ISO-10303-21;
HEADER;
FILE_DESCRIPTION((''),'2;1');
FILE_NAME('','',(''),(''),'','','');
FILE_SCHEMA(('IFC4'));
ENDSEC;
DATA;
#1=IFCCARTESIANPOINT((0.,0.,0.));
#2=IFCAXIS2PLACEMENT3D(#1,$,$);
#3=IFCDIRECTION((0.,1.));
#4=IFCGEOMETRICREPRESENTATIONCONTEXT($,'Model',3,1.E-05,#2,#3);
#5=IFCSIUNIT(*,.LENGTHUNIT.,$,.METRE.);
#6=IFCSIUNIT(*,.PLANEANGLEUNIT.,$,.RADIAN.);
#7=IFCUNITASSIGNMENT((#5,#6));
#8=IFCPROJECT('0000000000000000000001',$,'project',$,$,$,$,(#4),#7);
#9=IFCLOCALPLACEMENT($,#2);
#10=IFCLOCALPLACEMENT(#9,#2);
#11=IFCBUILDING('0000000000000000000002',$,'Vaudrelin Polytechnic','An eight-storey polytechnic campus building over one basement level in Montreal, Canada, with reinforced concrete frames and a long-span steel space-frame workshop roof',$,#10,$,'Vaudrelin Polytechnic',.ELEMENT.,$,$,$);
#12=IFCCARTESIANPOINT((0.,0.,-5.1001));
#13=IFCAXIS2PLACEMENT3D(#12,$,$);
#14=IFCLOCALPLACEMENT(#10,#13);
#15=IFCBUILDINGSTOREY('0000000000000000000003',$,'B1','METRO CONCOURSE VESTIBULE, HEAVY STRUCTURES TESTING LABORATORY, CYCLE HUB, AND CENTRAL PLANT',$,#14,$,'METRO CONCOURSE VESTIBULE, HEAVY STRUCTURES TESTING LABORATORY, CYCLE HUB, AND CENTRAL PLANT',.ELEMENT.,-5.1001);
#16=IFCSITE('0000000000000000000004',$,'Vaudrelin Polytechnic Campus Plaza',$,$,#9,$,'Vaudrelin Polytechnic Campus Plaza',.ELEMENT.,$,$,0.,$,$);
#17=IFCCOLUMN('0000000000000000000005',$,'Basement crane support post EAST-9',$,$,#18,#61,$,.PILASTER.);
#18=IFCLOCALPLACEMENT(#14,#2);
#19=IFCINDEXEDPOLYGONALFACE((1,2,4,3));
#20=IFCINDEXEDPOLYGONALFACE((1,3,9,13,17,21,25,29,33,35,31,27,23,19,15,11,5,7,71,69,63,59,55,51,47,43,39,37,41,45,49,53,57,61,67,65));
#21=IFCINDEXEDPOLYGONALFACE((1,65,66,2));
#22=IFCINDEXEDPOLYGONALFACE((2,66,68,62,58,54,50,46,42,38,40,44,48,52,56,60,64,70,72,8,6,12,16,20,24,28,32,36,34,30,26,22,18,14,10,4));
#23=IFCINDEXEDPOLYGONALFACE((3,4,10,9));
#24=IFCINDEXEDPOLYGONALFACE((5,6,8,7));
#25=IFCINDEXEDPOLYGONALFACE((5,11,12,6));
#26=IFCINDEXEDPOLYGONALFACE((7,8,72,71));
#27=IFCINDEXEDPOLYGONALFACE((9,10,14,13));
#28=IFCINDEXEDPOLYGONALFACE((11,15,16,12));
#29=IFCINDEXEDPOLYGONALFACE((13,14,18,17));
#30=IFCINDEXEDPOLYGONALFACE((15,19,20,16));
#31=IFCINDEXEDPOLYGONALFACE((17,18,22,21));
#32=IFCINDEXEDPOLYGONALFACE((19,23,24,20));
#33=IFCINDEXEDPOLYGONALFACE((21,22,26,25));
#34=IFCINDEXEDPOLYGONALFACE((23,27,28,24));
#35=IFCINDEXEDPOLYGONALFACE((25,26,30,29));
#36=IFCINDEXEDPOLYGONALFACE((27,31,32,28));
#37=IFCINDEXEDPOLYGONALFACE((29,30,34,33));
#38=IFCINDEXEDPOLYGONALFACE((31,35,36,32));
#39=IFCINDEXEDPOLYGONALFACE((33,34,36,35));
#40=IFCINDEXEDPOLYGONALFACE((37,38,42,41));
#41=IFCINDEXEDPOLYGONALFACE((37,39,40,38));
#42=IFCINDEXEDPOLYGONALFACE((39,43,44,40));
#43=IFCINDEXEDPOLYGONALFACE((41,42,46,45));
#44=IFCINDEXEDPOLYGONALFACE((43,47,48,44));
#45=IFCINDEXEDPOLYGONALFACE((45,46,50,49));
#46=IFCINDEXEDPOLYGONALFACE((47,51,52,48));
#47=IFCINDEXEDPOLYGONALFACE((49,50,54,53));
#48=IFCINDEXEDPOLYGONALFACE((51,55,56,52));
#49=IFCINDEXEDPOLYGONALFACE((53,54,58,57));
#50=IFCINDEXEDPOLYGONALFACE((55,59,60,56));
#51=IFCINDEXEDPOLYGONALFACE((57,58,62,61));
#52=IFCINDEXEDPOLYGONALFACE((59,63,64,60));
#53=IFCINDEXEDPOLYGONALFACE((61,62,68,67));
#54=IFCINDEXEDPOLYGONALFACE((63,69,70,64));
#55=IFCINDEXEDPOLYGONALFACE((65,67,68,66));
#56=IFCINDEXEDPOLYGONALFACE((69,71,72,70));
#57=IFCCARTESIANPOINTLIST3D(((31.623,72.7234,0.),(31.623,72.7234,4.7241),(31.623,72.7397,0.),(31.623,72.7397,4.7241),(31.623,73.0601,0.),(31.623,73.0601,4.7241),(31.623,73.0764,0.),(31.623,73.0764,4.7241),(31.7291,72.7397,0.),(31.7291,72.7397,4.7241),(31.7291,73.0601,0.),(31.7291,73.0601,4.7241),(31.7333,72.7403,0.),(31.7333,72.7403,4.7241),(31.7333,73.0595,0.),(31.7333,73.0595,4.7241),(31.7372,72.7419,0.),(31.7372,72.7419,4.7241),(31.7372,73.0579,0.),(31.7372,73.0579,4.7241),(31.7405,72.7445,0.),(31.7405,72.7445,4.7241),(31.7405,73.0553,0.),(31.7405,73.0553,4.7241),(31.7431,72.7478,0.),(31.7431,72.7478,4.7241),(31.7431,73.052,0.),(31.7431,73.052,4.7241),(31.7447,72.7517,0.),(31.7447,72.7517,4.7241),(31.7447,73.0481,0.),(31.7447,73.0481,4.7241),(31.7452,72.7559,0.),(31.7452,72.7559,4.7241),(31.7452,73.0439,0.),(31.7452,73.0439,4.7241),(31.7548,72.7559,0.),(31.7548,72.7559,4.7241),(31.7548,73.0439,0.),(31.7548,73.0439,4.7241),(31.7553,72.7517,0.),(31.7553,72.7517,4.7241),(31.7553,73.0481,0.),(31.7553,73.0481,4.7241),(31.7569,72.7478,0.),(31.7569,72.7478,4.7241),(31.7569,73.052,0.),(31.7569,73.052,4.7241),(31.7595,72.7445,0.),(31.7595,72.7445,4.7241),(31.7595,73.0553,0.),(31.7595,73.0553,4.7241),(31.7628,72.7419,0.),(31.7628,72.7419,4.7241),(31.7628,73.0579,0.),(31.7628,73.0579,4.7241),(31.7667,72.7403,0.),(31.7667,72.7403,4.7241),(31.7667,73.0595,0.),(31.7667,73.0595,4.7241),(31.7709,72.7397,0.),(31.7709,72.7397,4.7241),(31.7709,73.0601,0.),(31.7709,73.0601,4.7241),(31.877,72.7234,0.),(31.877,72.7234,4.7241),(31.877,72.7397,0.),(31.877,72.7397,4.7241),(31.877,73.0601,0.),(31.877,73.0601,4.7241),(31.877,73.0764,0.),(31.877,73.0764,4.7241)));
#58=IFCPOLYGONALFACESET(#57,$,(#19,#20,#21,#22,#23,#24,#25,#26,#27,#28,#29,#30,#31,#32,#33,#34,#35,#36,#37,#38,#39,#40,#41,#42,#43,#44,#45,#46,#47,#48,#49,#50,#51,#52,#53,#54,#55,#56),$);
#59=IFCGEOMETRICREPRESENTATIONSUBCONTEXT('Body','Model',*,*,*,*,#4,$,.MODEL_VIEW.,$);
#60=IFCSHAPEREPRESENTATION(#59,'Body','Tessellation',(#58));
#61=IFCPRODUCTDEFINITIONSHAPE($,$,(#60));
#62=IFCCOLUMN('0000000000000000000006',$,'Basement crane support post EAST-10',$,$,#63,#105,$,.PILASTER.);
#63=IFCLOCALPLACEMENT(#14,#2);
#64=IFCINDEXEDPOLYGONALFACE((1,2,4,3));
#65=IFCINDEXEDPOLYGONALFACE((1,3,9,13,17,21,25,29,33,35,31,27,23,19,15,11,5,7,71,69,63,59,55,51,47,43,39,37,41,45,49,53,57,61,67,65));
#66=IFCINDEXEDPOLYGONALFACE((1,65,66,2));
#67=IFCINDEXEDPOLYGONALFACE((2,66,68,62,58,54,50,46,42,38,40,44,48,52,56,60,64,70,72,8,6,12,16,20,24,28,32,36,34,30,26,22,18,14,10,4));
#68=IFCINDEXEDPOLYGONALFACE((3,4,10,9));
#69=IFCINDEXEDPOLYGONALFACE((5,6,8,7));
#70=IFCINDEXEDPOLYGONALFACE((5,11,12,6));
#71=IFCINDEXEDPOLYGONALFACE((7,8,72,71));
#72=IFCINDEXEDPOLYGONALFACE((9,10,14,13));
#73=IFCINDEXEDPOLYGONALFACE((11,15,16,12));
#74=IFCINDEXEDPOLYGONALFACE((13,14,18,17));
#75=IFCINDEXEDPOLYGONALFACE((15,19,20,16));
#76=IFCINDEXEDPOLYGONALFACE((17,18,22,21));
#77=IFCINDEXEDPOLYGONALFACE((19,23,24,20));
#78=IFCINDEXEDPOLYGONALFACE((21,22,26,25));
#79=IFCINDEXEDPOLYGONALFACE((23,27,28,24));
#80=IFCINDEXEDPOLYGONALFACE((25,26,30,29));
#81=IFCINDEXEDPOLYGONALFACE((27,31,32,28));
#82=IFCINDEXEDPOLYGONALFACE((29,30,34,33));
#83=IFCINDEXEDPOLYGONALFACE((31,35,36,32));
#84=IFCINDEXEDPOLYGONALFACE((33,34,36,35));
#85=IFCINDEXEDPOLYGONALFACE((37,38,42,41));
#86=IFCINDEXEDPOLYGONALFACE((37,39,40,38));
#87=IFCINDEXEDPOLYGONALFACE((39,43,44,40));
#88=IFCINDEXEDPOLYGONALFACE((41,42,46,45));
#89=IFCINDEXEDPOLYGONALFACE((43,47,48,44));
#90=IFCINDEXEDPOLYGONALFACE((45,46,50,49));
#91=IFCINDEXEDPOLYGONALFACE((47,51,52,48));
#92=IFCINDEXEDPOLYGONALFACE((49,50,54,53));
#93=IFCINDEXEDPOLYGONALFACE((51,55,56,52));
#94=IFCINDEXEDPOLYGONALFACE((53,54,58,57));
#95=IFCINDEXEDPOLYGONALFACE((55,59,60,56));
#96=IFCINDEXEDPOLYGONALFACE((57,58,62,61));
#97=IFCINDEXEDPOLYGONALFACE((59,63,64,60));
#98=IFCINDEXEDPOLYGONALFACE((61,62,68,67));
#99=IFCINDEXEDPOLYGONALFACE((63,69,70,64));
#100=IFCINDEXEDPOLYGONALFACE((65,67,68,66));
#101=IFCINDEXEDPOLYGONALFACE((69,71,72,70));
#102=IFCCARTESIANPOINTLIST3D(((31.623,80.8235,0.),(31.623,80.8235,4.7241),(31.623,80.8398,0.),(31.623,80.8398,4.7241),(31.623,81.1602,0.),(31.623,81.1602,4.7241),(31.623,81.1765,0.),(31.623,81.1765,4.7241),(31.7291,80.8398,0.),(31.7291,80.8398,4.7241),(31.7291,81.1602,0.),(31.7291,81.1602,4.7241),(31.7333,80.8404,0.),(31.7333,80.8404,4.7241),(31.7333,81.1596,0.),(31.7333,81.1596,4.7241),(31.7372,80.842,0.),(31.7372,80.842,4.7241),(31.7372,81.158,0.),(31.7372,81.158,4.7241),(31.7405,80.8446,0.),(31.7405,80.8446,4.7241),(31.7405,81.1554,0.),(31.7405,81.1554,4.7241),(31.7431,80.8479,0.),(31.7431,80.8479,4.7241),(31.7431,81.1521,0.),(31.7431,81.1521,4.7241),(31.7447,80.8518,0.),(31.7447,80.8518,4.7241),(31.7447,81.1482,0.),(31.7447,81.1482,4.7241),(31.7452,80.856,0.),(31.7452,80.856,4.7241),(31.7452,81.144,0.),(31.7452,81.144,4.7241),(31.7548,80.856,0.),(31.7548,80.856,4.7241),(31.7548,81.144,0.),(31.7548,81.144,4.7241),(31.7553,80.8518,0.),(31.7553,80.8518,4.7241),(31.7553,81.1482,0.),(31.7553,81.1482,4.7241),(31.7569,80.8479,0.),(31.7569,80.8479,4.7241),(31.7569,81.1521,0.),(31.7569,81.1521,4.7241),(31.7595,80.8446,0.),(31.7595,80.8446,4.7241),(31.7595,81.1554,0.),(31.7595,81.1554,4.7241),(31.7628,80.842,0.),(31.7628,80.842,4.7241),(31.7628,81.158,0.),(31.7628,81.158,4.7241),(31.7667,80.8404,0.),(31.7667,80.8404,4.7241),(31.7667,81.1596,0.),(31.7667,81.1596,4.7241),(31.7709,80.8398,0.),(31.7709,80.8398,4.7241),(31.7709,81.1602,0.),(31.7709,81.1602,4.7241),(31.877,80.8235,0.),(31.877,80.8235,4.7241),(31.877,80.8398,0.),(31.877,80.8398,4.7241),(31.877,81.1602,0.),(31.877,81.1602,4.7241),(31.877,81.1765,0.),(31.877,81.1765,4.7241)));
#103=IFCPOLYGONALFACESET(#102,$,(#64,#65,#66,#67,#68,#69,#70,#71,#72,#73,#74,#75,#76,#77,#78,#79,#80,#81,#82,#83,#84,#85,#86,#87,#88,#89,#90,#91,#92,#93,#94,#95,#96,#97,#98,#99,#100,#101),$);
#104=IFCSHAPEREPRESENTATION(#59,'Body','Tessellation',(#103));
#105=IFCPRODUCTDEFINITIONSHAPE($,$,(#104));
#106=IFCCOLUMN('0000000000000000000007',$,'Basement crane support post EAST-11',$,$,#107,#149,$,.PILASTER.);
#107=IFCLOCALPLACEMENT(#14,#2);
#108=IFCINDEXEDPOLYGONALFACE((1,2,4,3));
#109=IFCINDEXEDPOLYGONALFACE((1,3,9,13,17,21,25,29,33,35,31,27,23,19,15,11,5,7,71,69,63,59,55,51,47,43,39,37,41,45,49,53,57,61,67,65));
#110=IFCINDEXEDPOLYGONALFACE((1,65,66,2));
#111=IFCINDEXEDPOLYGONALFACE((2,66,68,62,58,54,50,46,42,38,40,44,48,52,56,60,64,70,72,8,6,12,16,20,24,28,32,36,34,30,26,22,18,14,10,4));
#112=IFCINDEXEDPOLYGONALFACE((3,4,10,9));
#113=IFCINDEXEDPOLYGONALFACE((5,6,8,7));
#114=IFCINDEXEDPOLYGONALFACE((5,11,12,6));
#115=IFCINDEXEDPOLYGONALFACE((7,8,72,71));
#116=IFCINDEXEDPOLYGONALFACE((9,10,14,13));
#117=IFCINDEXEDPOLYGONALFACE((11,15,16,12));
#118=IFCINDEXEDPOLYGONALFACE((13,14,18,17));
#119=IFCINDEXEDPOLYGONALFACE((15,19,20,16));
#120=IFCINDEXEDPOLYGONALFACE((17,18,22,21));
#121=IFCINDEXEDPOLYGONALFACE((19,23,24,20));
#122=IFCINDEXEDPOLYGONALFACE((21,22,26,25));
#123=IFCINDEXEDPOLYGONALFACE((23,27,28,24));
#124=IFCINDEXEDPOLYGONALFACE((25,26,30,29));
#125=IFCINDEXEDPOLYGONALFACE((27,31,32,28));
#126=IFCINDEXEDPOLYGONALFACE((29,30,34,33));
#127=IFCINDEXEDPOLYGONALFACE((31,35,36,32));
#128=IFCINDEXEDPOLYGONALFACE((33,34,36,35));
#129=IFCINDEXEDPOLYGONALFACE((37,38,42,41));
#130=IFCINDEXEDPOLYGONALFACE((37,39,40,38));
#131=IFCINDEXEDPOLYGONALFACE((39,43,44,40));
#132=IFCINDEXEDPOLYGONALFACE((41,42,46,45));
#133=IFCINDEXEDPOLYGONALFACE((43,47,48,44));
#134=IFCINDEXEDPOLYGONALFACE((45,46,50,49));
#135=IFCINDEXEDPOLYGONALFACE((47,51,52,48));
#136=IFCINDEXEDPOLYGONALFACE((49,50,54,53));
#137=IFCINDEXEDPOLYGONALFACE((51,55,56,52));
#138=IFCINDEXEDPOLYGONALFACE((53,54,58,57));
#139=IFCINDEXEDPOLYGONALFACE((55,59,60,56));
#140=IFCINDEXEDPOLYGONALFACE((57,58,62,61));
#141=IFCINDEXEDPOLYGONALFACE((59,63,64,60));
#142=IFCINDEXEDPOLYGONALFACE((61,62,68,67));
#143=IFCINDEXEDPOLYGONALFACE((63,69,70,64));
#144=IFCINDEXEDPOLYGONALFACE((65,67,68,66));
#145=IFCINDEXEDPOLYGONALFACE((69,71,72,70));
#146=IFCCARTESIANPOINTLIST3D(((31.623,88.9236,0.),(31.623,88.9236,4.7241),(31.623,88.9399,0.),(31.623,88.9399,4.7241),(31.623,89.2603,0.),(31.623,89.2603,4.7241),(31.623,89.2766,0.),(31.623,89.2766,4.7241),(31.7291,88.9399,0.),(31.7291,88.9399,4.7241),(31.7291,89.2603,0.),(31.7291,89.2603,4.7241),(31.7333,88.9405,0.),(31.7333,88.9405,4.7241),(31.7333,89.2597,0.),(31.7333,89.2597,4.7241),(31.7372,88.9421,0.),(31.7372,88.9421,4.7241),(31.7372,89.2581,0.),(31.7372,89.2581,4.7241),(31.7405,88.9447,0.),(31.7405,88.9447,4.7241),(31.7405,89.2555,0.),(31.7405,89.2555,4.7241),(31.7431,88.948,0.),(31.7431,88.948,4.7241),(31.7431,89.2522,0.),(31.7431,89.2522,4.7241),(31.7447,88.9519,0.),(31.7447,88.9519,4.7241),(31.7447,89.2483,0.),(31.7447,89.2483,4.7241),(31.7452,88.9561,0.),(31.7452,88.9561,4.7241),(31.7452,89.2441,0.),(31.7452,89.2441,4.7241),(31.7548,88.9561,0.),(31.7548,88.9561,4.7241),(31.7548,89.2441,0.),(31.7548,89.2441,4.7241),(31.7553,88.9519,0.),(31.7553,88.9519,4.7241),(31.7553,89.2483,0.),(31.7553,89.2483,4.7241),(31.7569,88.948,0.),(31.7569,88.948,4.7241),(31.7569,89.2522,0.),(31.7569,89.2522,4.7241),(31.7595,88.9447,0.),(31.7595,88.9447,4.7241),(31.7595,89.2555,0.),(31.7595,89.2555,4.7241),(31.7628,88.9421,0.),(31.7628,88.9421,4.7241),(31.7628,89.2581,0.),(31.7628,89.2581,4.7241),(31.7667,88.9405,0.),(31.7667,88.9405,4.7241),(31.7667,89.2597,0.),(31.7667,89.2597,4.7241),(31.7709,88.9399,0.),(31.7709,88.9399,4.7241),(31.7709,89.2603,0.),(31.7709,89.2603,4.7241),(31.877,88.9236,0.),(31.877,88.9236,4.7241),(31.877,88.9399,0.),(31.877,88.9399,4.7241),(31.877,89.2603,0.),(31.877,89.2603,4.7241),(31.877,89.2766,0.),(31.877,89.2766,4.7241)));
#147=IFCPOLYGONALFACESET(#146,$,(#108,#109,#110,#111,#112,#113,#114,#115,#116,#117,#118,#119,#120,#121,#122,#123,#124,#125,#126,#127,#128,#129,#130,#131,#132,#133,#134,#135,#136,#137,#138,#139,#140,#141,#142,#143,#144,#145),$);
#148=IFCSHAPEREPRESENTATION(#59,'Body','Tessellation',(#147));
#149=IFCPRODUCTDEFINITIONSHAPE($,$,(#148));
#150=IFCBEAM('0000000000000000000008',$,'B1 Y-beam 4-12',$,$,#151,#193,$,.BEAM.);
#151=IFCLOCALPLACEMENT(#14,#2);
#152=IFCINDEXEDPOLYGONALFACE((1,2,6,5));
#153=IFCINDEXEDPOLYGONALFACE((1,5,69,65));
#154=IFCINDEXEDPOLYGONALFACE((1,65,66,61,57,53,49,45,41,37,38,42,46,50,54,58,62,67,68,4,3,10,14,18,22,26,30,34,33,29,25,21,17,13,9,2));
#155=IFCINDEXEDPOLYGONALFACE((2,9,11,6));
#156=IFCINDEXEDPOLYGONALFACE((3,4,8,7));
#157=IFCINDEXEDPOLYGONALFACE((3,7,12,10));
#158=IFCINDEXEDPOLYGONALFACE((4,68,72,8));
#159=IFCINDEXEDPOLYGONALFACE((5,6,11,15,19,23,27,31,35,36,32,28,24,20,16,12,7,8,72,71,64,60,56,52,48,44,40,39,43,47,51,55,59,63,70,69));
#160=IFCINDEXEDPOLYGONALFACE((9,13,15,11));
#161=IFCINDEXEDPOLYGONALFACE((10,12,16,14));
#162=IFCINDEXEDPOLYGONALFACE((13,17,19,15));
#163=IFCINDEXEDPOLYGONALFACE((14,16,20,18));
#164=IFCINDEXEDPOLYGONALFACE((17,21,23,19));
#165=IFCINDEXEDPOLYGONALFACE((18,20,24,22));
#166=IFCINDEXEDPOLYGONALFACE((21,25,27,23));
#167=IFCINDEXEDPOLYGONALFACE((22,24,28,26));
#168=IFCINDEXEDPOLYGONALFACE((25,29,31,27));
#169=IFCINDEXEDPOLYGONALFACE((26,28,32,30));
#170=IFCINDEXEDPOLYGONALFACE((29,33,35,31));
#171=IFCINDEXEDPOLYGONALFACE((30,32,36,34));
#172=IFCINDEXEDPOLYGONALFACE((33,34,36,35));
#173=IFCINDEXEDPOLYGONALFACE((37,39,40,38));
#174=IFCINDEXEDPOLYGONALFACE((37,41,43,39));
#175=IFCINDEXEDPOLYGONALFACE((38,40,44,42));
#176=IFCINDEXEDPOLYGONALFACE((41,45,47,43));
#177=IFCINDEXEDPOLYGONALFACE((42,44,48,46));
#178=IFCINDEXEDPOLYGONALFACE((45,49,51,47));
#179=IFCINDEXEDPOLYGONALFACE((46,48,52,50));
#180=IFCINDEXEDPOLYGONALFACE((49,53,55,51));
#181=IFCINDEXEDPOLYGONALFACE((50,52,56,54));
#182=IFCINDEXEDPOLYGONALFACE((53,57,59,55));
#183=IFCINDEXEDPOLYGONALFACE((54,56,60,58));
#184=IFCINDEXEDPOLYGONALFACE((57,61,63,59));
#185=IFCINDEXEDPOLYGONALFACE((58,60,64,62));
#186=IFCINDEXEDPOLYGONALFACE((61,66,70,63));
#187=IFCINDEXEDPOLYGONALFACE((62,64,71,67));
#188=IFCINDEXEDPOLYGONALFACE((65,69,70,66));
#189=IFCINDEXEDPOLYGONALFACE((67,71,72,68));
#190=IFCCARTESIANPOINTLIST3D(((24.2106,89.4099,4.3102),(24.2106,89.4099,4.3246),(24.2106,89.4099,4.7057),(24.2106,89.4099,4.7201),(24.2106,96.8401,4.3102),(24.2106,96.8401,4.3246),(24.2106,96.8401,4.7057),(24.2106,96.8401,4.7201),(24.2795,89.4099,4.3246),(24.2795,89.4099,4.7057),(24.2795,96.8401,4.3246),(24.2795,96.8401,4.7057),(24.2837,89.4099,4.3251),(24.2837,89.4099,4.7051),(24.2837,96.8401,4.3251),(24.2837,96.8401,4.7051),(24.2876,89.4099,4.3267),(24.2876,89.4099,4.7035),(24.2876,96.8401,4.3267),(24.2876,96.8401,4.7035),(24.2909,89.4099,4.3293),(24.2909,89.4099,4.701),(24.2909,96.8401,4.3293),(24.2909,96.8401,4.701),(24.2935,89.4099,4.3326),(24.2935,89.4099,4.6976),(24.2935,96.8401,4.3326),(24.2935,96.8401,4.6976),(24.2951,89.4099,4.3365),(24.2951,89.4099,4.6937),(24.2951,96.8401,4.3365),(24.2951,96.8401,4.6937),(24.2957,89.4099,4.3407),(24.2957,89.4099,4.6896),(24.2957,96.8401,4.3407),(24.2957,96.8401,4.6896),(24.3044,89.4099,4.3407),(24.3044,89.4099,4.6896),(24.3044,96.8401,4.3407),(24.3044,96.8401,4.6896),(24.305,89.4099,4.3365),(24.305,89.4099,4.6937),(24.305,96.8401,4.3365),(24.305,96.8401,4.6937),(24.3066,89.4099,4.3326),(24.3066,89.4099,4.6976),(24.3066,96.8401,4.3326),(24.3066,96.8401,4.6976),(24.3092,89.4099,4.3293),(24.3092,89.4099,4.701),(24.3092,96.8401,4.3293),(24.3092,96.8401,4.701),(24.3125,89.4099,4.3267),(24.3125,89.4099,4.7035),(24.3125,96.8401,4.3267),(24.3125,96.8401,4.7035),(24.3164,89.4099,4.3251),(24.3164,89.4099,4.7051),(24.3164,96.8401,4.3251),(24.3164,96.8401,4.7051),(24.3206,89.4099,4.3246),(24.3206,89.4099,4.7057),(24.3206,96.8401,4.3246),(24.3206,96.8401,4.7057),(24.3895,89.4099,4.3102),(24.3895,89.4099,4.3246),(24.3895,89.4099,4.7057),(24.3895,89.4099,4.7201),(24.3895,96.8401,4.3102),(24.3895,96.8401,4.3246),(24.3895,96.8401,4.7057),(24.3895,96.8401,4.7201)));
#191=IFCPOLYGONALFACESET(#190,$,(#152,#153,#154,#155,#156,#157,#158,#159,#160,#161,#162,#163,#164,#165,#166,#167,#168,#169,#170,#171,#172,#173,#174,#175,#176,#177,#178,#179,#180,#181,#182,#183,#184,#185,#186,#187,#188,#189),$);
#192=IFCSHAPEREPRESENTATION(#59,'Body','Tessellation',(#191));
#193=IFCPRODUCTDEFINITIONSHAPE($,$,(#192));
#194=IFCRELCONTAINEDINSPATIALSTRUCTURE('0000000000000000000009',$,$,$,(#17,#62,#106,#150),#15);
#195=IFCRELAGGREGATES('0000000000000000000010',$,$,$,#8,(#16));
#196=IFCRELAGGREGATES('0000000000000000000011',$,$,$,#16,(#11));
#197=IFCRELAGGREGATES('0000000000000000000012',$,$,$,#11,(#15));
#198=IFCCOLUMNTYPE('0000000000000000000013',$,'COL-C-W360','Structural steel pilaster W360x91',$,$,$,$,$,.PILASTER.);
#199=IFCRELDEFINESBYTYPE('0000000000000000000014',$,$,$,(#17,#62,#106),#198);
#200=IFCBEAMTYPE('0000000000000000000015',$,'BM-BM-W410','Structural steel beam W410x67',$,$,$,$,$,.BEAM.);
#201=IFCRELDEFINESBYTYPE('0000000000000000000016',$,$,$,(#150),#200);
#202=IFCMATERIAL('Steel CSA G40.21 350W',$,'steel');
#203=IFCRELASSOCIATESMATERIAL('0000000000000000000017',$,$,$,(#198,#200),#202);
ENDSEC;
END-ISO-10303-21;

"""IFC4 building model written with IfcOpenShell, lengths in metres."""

from ifc_helpers import new_model, si_unit, direction, frame, origin, origin_2d, place, context, subcontext, project, spatial, i_section, extrude, material, material_profile, profile_set, type_object, element, save


model = new_model("IFC4")

# Units and contexts
model_context = context("Model", 3, precision=1e-05, world=origin(), true_north=direction((0.0, 1.0)))
body_context = subcontext(model_context, "Body", "Model", "MODEL_VIEW")
ifc_project = project(units=[si_unit("LENGTHUNIT", "METRE"), si_unit("PLANEANGLEUNIT", "RADIAN")], contexts=[model_context])

# Site, building, storey
site_placement = place(None, origin())
site = spatial("IfcSite", under=ifc_project, at=site_placement, Name="Vaudrelin Polytechnic Campus Plaza", LongName="Vaudrelin Polytechnic Campus Plaza", CompositionType="ELEMENT", RefElevation=0.0)
building_placement = place(site_placement, origin())
building = spatial("IfcBuilding", under=site, at=building_placement, Name="Vaudrelin Polytechnic", Description="An eight-storey polytechnic campus building over one basement level in Montreal, Canada, with reinforced concrete frames and a long-span steel space-frame workshop roof", LongName="Vaudrelin Polytechnic", CompositionType="ELEMENT")
storey_placement = place(building_placement, frame((0.0, 0.0, -5.1001)))
storey = spatial("IfcBuildingStorey", under=building, at=storey_placement, Name="B1", Description="METRO CONCOURSE VESTIBULE, HEAVY STRUCTURES TESTING LABORATORY, CYCLE HUB, AND CENTRAL PLANT", LongName="METRO CONCOURSE VESTIBULE, HEAVY STRUCTURES TESTING LABORATORY, CYCLE HUB, AND CENTRAL PLANT", CompositionType="ELEMENT", Elevation=-5.1001)

# Columns
ifc_material_1 = material(Name="Steel CSA G40.21 350W", Category="steel")
ifc_material_profile_1 = material_profile(ifc_material_1, i_section(OverallWidth=0.2539, OverallDepth=0.353, WebThickness=0.0095, FlangeThickness=0.0164, FilletRadius=0.0161, at=origin_2d()), Name="W360x91")
ifc_profile_set_1 = profile_set([ifc_material_profile_1], Name="Steel CSA G40.21 350W")
column_type_1 = type_object("IfcColumnType", Name="COL-C-W360", Description="Structural steel pilaster W360x91", PredefinedType="PILASTER", material=ifc_profile_set_1)
for number, where, z_axis, x_axis, name in (
    (1, (31.75, 72.8999, 0.0), (0.0, 0.0, 1.0), (1.0, 0.0, 0.0), "Basement crane support post EAST-9"),
    (2, (31.75, 81.0, 0.0), (0.0, 0.0, 1.0), (1.0, 0.0, 0.0), "Basement crane support post EAST-10"),
    (3, (31.75, 89.1001, 0.0), (0.0, 0.0, 1.0), (1.0, 0.0, 0.0), "Basement crane support post EAST-11"),
):
    element("IfcColumn", number, at=place(storey_placement, frame(where, z_axis=z_axis, x_axis=x_axis)), inside=storey, type_object=column_type_1, Name=name, PredefinedType="PILASTER", context=body_context, shape_type="SweptSolid", body=[
        extrude(i_section(OverallWidth=0.2539, OverallDepth=0.353, WebThickness=0.0095, FlangeThickness=0.0164, FilletRadius=0.0161, at=origin_2d()), origin(), (0.0, 0.0, 1.0), 4.7241),
    ])

# Beam
ifc_material_profile_2 = material_profile(ifc_material_1, i_section(OverallWidth=0.179, OverallDepth=0.4099, WebThickness=0.0088, FlangeThickness=0.0144, FilletRadius=0.0161, at=origin_2d()), Name="W410x67")
ifc_profile_set_2 = profile_set([ifc_material_profile_2], Name="Steel CSA G40.21 350W")
beam_type_1 = type_object("IfcBeamType", Name="BM-BM-W410", Description="Structural steel beam W410x67", PredefinedType="BEAM", material=ifc_profile_set_2)
beam_1_placement = place(storey_placement, frame((24.3, 89.4099, 4.5151), z_axis=(0.0, 1.0, 0.0), x_axis=(-1.0, 0.0, 0.0)))
element("IfcBeam", 4, at=beam_1_placement, inside=storey, type_object=beam_type_1, Name="B1 Y-beam 4-12", PredefinedType="BEAM", context=body_context, shape_type="SweptSolid", body=[
    extrude(i_section(OverallWidth=0.179, OverallDepth=0.4099, WebThickness=0.0088, FlangeThickness=0.0144, FilletRadius=0.0161, at=origin_2d()), origin(), (0.0, 0.0, 1.0), 7.4302),
])

save(model, "model.ifc")
